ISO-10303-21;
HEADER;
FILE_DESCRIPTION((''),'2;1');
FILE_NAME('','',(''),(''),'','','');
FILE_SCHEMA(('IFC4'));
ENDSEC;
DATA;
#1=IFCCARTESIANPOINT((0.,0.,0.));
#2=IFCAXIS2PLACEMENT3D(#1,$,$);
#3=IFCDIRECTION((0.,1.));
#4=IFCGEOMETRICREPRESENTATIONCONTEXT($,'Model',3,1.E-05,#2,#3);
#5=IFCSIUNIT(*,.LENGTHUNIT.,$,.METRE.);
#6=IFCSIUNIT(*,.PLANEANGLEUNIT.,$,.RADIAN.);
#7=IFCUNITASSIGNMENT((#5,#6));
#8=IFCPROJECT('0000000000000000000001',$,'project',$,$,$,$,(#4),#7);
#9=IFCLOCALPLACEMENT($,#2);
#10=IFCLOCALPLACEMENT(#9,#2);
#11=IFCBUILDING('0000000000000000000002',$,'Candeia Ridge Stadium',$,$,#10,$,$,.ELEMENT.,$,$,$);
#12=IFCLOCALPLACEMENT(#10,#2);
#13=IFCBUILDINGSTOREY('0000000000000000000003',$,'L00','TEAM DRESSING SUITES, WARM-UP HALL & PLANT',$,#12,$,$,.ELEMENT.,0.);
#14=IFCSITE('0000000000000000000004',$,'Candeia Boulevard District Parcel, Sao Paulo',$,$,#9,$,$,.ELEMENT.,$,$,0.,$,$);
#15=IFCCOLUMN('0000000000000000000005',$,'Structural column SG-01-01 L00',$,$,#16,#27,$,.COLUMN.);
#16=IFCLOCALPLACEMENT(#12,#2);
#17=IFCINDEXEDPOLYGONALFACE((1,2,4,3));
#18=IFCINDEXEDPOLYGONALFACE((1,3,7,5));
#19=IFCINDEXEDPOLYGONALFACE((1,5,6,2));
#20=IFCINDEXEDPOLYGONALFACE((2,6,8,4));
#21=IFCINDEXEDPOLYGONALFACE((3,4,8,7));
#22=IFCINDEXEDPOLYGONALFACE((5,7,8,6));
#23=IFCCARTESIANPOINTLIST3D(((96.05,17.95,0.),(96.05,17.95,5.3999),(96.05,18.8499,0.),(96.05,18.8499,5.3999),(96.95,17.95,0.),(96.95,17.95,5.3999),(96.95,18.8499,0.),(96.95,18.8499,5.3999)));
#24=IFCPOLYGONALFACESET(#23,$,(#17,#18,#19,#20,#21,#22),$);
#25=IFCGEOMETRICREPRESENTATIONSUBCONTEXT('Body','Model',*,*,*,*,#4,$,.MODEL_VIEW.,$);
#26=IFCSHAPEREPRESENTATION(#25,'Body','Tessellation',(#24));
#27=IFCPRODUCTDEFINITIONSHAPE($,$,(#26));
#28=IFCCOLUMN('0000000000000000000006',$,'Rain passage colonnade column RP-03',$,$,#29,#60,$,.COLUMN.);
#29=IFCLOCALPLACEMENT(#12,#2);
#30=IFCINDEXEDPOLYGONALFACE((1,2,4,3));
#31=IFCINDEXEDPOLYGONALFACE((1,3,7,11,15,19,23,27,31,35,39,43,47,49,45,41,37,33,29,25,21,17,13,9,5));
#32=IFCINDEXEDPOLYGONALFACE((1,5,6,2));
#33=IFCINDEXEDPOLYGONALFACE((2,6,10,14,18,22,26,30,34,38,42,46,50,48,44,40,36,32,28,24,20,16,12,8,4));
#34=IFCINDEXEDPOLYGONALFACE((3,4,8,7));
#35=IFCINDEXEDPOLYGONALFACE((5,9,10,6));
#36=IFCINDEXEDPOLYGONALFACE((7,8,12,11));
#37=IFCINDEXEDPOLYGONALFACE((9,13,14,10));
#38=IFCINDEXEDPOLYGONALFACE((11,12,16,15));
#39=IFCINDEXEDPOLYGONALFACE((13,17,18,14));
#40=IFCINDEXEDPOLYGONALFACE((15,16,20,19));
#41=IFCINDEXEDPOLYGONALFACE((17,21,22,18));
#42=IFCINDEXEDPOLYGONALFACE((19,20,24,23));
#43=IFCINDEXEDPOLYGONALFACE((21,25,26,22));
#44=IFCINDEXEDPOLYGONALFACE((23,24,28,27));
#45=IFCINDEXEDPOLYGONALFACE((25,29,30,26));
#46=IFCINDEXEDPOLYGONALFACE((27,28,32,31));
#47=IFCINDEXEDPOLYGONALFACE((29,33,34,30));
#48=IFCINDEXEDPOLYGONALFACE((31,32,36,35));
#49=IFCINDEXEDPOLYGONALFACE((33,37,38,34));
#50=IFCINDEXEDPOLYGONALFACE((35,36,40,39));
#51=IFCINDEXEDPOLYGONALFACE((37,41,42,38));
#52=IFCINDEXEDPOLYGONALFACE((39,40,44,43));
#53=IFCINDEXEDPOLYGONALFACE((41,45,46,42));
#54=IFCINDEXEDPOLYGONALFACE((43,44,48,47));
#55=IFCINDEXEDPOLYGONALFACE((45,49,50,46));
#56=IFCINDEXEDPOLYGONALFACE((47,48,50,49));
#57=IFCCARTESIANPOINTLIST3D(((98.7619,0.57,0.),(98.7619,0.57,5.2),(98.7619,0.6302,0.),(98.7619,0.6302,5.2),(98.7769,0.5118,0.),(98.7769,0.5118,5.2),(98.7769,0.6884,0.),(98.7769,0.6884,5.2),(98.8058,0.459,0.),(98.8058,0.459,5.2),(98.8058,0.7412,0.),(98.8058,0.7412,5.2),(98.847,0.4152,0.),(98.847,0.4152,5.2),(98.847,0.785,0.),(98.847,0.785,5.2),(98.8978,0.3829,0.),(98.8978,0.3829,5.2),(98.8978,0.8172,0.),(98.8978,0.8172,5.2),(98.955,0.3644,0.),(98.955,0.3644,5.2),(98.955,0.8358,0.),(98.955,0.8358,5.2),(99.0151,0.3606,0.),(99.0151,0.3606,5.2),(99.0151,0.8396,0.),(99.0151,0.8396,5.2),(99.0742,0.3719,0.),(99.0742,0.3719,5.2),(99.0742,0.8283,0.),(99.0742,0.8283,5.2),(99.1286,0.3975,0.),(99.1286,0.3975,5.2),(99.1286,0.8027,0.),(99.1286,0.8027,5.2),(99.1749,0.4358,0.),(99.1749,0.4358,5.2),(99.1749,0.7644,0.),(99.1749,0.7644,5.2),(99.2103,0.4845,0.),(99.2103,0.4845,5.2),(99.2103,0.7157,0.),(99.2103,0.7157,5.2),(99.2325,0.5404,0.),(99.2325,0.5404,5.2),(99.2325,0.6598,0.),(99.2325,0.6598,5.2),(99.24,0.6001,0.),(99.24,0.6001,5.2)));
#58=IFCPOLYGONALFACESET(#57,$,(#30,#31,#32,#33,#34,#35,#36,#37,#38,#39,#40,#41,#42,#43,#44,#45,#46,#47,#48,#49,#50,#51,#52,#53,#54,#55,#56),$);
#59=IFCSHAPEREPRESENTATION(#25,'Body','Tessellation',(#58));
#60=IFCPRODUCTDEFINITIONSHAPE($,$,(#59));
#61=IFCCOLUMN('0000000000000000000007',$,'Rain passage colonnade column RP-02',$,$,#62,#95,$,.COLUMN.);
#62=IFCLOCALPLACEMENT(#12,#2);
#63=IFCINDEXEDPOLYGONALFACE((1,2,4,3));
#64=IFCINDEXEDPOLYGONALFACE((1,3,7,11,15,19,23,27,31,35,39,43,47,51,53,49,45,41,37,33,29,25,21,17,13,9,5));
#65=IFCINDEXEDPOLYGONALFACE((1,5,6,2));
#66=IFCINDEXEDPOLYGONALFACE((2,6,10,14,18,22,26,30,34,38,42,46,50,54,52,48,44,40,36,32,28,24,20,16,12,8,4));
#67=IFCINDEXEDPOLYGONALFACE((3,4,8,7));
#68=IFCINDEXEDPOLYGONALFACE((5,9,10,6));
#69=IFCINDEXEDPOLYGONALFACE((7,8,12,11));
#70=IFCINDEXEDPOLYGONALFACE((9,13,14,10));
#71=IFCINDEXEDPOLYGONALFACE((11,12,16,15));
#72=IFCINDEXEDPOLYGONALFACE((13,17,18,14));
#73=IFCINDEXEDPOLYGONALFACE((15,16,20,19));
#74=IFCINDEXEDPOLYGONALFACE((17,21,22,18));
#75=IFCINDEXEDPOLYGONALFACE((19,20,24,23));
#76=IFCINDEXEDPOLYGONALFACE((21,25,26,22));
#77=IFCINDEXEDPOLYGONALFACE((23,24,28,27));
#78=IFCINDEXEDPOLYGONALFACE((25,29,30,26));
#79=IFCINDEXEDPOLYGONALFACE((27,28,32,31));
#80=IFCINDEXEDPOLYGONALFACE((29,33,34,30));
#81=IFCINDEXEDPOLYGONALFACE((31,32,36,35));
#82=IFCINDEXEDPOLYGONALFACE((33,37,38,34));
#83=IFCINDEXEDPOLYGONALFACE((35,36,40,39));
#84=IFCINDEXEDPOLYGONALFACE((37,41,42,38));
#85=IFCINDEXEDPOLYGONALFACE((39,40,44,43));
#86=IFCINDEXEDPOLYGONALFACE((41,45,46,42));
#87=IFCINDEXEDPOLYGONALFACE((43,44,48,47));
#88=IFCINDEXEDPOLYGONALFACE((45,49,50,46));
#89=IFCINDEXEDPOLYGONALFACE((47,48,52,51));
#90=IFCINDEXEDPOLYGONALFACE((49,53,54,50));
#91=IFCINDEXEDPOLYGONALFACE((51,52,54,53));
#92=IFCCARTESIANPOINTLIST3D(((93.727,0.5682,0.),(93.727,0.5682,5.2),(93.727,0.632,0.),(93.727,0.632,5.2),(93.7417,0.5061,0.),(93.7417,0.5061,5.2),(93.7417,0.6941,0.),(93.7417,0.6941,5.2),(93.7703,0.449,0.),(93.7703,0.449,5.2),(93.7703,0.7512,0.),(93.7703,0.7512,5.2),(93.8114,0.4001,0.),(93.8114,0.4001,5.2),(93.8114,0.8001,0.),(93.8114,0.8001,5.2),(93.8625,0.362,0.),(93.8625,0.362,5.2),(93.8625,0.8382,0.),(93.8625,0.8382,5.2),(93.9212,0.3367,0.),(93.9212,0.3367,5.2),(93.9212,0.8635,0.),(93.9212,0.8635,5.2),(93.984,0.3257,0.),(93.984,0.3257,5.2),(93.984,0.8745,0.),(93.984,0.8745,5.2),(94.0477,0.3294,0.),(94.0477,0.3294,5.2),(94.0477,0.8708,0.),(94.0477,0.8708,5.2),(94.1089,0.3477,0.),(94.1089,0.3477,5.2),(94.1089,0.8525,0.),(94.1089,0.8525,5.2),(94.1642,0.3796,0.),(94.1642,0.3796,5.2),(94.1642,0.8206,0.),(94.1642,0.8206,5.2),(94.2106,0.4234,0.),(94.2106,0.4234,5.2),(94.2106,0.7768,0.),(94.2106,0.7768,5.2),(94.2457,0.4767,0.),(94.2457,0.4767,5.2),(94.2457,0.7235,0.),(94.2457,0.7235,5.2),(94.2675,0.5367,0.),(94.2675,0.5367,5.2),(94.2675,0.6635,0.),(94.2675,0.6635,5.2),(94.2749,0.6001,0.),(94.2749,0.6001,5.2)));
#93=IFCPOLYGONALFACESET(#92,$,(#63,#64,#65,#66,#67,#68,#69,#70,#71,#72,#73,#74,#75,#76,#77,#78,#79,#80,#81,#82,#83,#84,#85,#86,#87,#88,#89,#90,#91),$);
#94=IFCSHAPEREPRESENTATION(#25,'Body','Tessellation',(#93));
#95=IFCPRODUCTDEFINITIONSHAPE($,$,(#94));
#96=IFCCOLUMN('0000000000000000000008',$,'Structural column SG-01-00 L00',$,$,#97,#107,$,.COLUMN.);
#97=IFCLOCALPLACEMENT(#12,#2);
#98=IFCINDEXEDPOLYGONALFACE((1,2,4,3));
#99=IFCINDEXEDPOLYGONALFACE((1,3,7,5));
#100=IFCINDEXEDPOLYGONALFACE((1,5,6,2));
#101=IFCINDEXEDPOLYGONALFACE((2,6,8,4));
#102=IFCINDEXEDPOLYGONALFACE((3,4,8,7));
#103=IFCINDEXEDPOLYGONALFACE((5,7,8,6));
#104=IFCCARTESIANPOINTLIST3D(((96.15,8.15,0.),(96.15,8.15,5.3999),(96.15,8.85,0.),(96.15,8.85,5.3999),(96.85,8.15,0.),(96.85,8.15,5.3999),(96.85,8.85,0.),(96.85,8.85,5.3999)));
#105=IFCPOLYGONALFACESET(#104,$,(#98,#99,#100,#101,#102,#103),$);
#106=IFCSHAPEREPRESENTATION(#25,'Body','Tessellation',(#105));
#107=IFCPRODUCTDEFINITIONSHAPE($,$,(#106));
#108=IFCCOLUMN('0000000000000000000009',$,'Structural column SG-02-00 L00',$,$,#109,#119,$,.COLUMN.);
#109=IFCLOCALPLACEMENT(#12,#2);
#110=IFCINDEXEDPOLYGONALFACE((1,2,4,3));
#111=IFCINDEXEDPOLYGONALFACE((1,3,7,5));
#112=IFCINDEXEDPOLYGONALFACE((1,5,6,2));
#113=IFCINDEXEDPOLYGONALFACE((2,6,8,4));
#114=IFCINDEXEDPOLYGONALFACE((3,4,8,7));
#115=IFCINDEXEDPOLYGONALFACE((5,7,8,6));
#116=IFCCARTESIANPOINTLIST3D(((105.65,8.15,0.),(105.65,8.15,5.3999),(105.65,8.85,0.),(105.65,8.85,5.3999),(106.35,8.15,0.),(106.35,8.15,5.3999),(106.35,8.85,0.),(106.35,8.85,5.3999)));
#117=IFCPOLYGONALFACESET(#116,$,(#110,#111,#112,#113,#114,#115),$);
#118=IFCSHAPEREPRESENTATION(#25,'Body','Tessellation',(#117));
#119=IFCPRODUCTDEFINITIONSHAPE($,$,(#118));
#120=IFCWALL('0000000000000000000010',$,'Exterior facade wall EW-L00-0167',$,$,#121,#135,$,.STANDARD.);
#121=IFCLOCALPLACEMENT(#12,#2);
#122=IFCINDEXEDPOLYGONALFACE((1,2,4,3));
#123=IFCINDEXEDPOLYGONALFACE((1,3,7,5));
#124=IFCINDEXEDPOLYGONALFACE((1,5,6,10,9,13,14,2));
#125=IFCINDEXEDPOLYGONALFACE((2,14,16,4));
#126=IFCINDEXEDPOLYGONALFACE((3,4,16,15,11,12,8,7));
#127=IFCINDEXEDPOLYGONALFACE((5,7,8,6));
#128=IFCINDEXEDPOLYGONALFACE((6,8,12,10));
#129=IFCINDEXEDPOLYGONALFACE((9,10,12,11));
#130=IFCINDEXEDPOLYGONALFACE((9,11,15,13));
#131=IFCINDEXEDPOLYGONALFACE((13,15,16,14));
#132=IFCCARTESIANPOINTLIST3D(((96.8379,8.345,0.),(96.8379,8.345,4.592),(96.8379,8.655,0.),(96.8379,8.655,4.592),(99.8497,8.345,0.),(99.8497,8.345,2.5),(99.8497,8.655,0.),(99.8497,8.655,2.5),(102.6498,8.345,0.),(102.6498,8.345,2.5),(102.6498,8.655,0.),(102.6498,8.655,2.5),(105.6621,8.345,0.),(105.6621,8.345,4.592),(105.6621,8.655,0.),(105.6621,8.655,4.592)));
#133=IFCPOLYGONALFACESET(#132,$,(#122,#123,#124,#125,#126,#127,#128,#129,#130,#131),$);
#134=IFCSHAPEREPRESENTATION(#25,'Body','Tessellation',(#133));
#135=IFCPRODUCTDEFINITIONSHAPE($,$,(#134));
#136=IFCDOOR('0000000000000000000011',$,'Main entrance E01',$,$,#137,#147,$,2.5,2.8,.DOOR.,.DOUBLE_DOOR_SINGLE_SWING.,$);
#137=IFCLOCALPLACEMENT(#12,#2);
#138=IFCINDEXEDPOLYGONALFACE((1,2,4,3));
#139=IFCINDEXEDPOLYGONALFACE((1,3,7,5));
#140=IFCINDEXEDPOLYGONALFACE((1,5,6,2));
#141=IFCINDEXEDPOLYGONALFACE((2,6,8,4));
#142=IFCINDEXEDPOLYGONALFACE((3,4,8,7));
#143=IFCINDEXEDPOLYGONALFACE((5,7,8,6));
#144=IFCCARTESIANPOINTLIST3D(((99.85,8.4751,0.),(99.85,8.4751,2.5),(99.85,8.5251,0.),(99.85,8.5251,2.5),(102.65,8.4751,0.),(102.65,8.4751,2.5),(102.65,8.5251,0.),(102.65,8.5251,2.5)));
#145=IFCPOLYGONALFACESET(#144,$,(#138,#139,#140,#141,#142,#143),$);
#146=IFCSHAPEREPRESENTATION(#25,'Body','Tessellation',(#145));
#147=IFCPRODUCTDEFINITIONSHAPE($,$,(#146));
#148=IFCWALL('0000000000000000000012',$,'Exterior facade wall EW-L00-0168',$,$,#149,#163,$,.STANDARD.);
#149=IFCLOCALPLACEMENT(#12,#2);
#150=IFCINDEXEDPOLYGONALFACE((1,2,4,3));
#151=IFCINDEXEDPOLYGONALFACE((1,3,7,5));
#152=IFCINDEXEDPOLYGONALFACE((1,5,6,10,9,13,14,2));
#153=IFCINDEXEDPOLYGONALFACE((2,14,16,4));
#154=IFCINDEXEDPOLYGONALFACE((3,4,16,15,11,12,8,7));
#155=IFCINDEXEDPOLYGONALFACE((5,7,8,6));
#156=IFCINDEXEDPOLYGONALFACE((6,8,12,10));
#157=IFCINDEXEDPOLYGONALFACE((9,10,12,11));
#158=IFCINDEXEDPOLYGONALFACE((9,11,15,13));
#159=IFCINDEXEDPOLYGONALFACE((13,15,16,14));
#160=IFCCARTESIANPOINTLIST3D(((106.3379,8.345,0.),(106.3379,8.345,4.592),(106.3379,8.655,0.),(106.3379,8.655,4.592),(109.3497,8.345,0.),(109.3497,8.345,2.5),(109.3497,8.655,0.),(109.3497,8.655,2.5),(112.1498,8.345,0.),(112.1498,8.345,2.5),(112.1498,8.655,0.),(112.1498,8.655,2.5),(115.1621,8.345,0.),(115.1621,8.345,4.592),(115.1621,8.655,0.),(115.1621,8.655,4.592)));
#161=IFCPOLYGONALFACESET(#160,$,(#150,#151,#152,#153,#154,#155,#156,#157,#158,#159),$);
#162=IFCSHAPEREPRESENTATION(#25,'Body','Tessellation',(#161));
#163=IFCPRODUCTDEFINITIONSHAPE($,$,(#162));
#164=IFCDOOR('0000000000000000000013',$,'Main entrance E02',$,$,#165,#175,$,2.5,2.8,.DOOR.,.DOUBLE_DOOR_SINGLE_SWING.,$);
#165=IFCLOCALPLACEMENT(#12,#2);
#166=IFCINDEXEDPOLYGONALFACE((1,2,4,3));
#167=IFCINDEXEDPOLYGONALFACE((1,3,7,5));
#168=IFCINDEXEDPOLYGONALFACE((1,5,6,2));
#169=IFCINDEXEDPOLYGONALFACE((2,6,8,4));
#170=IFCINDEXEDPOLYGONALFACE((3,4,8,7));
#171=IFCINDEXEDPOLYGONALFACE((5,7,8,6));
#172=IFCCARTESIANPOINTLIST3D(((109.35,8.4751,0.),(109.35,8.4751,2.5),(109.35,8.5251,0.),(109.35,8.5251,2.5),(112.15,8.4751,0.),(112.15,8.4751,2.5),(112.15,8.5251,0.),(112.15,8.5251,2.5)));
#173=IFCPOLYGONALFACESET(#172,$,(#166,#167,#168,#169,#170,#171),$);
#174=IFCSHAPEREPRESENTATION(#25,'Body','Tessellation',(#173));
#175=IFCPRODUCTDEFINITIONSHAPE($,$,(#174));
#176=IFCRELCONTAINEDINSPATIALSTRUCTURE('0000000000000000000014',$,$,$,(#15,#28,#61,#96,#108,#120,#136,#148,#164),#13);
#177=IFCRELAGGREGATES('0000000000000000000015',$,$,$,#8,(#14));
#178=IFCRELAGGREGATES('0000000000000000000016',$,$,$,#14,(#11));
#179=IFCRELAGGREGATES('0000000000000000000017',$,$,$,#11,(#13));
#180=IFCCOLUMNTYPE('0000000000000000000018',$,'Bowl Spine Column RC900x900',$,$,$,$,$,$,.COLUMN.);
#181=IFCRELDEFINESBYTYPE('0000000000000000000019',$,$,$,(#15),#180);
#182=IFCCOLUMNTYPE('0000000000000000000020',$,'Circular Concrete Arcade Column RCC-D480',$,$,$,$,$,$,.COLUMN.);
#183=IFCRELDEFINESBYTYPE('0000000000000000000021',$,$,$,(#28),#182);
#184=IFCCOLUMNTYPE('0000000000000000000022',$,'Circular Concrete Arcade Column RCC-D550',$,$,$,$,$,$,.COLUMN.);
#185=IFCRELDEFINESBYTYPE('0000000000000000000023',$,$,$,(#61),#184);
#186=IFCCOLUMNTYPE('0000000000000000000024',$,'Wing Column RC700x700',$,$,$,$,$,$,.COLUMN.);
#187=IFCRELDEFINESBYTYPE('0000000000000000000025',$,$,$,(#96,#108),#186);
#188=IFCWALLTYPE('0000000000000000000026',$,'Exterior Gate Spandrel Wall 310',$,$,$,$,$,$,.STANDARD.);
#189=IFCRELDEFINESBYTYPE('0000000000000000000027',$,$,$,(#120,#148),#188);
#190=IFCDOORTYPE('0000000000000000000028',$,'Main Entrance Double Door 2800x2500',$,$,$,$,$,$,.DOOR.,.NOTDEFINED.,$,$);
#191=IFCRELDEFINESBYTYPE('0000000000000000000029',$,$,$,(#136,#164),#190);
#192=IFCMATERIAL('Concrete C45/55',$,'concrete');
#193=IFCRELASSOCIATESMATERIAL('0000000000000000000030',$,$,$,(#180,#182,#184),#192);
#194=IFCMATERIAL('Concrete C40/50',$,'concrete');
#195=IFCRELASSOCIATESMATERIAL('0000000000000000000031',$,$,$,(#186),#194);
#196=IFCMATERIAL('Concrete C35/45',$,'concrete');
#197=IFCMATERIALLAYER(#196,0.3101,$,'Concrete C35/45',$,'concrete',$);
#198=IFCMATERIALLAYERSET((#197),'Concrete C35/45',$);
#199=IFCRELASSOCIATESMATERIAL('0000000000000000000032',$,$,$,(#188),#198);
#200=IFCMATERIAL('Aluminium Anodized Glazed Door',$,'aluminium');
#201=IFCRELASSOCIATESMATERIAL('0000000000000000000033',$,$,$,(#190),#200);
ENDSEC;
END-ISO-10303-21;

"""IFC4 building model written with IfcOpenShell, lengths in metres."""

from ifc_helpers import new_model, si_unit, direction, frame, frame_2d, origin, origin_2d, place, context, subcontext, project, spatial, rectangle, circle, extrude, material, layer, layer_set, material_profile, profile_set, type_object, element, fill, save


model = new_model("IFC4")

# Units and contexts
model_context = context("Model", 3, precision=1e-05, world=origin(), true_north=direction((0.0, 1.0)))
body_context = subcontext(model_context, "Body", "Model", "MODEL_VIEW")
ifc_project = project(units=[si_unit("LENGTHUNIT", "METRE"), si_unit("PLANEANGLEUNIT", "RADIAN")], contexts=[model_context])

# Site, building, storey
site_placement = place(None, origin())
site = spatial("IfcSite", under=ifc_project, at=site_placement, Name="Candeia Boulevard District Parcel, Sao Paulo", CompositionType="ELEMENT", RefElevation=0.0)
building_placement = place(site_placement, origin())
building = spatial("IfcBuilding", under=site, at=building_placement, Name="Candeia Ridge Stadium", CompositionType="ELEMENT")
storey_placement = place(building_placement, origin())
storey = spatial("IfcBuildingStorey", under=building, at=storey_placement, Name="L00", Description="TEAM DRESSING SUITES, WARM-UP HALL & PLANT", CompositionType="ELEMENT", Elevation=0.0)

# Shared definitions
ifc_material_1 = material(Name="Concrete C40/50", Category="concrete")

# Columns
ifc_material_2 = material(Name="Concrete C45/55", Category="concrete")
ifc_material_profile_1 = material_profile(ifc_material_2, rectangle(XDim=0.8999, YDim=0.8999, at=origin_2d()), Name="RC900x900", Category="concrete")
ifc_profile_set_1 = profile_set([ifc_material_profile_1], Name="Concrete C45/55")
column_type_1 = type_object("IfcColumnType", Name="Bowl Spine Column RC900x900", PredefinedType="COLUMN", material=ifc_profile_set_1)
column_1_placement = place(storey_placement, frame((96.5, 18.3999, 0.0), z_axis=(0.0, 0.0, 1.0), x_axis=(1.0, 0.0, 0.0)))
element("IfcColumn", 1, at=column_1_placement, inside=storey, type_object=column_type_1, Name="Structural column SG-01-01 L00", PredefinedType="COLUMN", context=body_context, shape_type="SweptSolid", body=[
    extrude(rectangle(XDim=0.8999, YDim=0.8999, at=origin_2d()), origin(), (0.0, 0.0, 1.0), 5.3999),
])
ifc_material_profile_2 = material_profile(ifc_material_2, circle(Radius=0.24, at=origin_2d()), Name="RCC-D480", Category="concrete")
ifc_profile_set_2 = profile_set([ifc_material_profile_2], Name="Concrete C45/55")
column_type_2 = type_object("IfcColumnType", Name="Circular Concrete Arcade Column RCC-D480", PredefinedType="COLUMN", material=ifc_profile_set_2)
column_2_placement = place(storey_placement, frame((99.0, 0.6001, 0.0), z_axis=(0.0, 0.0, 1.0), x_axis=(1.0, 0.0, 0.0)))
element("IfcColumn", 2, at=column_2_placement, inside=storey, type_object=column_type_2, Name="Rain passage colonnade column RP-03", PredefinedType="COLUMN", context=body_context, shape_type="SweptSolid", body=[
    extrude(circle(Radius=0.24, at=origin_2d()), origin(), (0.0, 0.0, 1.0), 5.2),
])
ifc_material_profile_3 = material_profile(ifc_material_2, circle(Radius=0.2749, at=origin_2d()), Name="RCC-D550", Category="concrete")
ifc_profile_set_3 = profile_set([ifc_material_profile_3], Name="Concrete C45/55")
column_type_3 = type_object("IfcColumnType", Name="Circular Concrete Arcade Column RCC-D550", PredefinedType="COLUMN", material=ifc_profile_set_3)
column_3_placement = place(storey_placement, frame((94.0, 0.6001, 0.0), z_axis=(0.0, 0.0, 1.0), x_axis=(1.0, 0.0, 0.0)))
element("IfcColumn", 3, at=column_3_placement, inside=storey, type_object=column_type_3, Name="Rain passage colonnade column RP-02", PredefinedType="COLUMN", context=body_context, shape_type="SweptSolid", body=[
    extrude(circle(Radius=0.2749, at=origin_2d()), origin(), (0.0, 0.0, 1.0), 5.2),
])
ifc_material_profile_4 = material_profile(ifc_material_1, rectangle(XDim=0.7, YDim=0.7, at=origin_2d()), Name="RC700x700", Category="concrete")
ifc_profile_set_4 = profile_set([ifc_material_profile_4], Name="Concrete C40/50")
column_type_4 = type_object("IfcColumnType", Name="Wing Column RC700x700", PredefinedType="COLUMN", material=ifc_profile_set_4)
for number, where, z_axis, x_axis, name in (
    (4, (96.5, 8.5, 0.0), (0.0, 0.0, 1.0), (1.0, 0.0, 0.0), "Structural column SG-01-00 L00"),
    (5, (106.0, 8.5, 0.0), (0.0, 0.0, 1.0), (1.0, 0.0, 0.0), "Structural column SG-02-00 L00"),
):
    element("IfcColumn", number, at=place(storey_placement, frame(where, z_axis=z_axis, x_axis=x_axis)), inside=storey, type_object=column_type_4, Name=name, PredefinedType="COLUMN", context=body_context, shape_type="SweptSolid", body=[
        extrude(rectangle(XDim=0.7, YDim=0.7, at=origin_2d()), origin(), (0.0, 0.0, 1.0), 5.3999),
    ])

# Walls, openings, doors
ifc_material_3 = material(Name="Concrete C35/45", Category="concrete")
ifc_layer_1 = layer(ifc_material_3, 0.3101, Name="Concrete C35/45", Category="concrete")
ifc_layer_set_1 = layer_set([ifc_layer_1], Name="Concrete C35/45")
wall_type = type_object("IfcWallType", Name="Exterior Gate Spandrel Wall 310", PredefinedType="STANDARD", material=ifc_layer_set_1)
wall_1_placement = place(storey_placement, frame((96.8379, 8.5, 0.0), z_axis=(0.0, 0.0, 1.0), x_axis=(1.0, 0.0, 0.0)))
wall_1 = element("IfcWall", 6, at=wall_1_placement, inside=storey, type_object=wall_type, Name="Exterior facade wall EW-L00-0167", PredefinedType="STANDARD", context=body_context, shape_type="SweptSolid", body=[
    extrude(rectangle(XDim=8.8242, YDim=0.3101, at=frame_2d((4.4121, 0.0))), origin(), (0.0, 0.0, 1.0), 4.592),
])
opening_1_placement = place(wall_1_placement, frame((3.012, 0.0, 0.0)))
opening_1 = element("IfcOpeningElement", 7, at=opening_1_placement, cuts=wall_1, PredefinedType="OPENING", context=body_context, shape_type="SweptSolid", body=[
    extrude(rectangle(XDim=2.8, YDim=2.5, at=frame_2d((1.3999, 1.25))), frame((0.0, 0.165, 0.0), z_axis=(0.0, -1.0, 0.0), x_axis=(1.0, 0.0, 0.0)), (0.0, 0.0, 1.0), 0.3301),
])
ifc_material_4 = material(Name="Aluminium Anodized Glazed Door", Category="aluminium")
door_type = type_object("IfcDoorType", Name="Main Entrance Double Door 2800x2500", OperationType="NOTDEFINED", PredefinedType="DOOR", material=ifc_material_4)
door_1_placement = place(opening_1_placement, frame((2.8, 0.0, 0.0), z_axis=(0.0, 0.0, 1.0), x_axis=(-1.0, 0.0, 0.0)))
door_1 = element("IfcDoor", 8, at=door_1_placement, inside=storey, type_object=door_type, Name="Main entrance E01", OperationType="DOUBLE_DOOR_SINGLE_SWING", OverallHeight=2.5, OverallWidth=2.8, PredefinedType="DOOR", context=body_context, shape_type="SweptSolid", body=[
    extrude(rectangle(XDim=2.8, YDim=2.5, at=frame_2d((1.3999, 1.25))), frame((0.0, 0.0249, 0.0), z_axis=(0.0, -1.0, 0.0), x_axis=(1.0, 0.0, 0.0)), (0.0, 0.0, 1.0), 0.05),
])
fill(opening_1, door_1)
wall_2_placement = place(storey_placement, frame((106.3379, 8.5, 0.0), z_axis=(0.0, 0.0, 1.0), x_axis=(1.0, 0.0, 0.0)))
wall_2 = element("IfcWall", 9, at=wall_2_placement, inside=storey, type_object=wall_type, Name="Exterior facade wall EW-L00-0168", PredefinedType="STANDARD", context=body_context, shape_type="SweptSolid", body=[
    extrude(rectangle(XDim=8.8242, YDim=0.3101, at=frame_2d((4.4121, 0.0))), origin(), (0.0, 0.0, 1.0), 4.592),
])
opening_2_placement = place(wall_2_placement, frame((3.012, 0.0, 0.0)))
opening_2 = element("IfcOpeningElement", 10, at=opening_2_placement, cuts=wall_2, PredefinedType="OPENING", context=body_context, shape_type="SweptSolid", body=[
    extrude(rectangle(XDim=2.8, YDim=2.5, at=frame_2d((1.3999, 1.25))), frame((0.0, 0.165, 0.0), z_axis=(0.0, -1.0, 0.0), x_axis=(1.0, 0.0, 0.0)), (0.0, 0.0, 1.0), 0.3301),
])
door_2_placement = place(opening_2_placement, frame((2.8, 0.0, 0.0), z_axis=(0.0, 0.0, 1.0), x_axis=(-1.0, 0.0, 0.0)))
door_2 = element("IfcDoor", 11, at=door_2_placement, inside=storey, type_object=door_type, Name="Main entrance E02", OperationType="DOUBLE_DOOR_SINGLE_SWING", OverallHeight=2.5, OverallWidth=2.8, PredefinedType="DOOR", context=body_context, shape_type="SweptSolid", body=[
    extrude(rectangle(XDim=2.8, YDim=2.5, at=frame_2d((1.3999, 1.25))), frame((0.0, 0.0249, 0.0), z_axis=(0.0, -1.0, 0.0), x_axis=(1.0, 0.0, 0.0)), (0.0, 0.0, 1.0), 0.05),
])
fill(opening_2, door_2)

save(model, "model.ifc")
